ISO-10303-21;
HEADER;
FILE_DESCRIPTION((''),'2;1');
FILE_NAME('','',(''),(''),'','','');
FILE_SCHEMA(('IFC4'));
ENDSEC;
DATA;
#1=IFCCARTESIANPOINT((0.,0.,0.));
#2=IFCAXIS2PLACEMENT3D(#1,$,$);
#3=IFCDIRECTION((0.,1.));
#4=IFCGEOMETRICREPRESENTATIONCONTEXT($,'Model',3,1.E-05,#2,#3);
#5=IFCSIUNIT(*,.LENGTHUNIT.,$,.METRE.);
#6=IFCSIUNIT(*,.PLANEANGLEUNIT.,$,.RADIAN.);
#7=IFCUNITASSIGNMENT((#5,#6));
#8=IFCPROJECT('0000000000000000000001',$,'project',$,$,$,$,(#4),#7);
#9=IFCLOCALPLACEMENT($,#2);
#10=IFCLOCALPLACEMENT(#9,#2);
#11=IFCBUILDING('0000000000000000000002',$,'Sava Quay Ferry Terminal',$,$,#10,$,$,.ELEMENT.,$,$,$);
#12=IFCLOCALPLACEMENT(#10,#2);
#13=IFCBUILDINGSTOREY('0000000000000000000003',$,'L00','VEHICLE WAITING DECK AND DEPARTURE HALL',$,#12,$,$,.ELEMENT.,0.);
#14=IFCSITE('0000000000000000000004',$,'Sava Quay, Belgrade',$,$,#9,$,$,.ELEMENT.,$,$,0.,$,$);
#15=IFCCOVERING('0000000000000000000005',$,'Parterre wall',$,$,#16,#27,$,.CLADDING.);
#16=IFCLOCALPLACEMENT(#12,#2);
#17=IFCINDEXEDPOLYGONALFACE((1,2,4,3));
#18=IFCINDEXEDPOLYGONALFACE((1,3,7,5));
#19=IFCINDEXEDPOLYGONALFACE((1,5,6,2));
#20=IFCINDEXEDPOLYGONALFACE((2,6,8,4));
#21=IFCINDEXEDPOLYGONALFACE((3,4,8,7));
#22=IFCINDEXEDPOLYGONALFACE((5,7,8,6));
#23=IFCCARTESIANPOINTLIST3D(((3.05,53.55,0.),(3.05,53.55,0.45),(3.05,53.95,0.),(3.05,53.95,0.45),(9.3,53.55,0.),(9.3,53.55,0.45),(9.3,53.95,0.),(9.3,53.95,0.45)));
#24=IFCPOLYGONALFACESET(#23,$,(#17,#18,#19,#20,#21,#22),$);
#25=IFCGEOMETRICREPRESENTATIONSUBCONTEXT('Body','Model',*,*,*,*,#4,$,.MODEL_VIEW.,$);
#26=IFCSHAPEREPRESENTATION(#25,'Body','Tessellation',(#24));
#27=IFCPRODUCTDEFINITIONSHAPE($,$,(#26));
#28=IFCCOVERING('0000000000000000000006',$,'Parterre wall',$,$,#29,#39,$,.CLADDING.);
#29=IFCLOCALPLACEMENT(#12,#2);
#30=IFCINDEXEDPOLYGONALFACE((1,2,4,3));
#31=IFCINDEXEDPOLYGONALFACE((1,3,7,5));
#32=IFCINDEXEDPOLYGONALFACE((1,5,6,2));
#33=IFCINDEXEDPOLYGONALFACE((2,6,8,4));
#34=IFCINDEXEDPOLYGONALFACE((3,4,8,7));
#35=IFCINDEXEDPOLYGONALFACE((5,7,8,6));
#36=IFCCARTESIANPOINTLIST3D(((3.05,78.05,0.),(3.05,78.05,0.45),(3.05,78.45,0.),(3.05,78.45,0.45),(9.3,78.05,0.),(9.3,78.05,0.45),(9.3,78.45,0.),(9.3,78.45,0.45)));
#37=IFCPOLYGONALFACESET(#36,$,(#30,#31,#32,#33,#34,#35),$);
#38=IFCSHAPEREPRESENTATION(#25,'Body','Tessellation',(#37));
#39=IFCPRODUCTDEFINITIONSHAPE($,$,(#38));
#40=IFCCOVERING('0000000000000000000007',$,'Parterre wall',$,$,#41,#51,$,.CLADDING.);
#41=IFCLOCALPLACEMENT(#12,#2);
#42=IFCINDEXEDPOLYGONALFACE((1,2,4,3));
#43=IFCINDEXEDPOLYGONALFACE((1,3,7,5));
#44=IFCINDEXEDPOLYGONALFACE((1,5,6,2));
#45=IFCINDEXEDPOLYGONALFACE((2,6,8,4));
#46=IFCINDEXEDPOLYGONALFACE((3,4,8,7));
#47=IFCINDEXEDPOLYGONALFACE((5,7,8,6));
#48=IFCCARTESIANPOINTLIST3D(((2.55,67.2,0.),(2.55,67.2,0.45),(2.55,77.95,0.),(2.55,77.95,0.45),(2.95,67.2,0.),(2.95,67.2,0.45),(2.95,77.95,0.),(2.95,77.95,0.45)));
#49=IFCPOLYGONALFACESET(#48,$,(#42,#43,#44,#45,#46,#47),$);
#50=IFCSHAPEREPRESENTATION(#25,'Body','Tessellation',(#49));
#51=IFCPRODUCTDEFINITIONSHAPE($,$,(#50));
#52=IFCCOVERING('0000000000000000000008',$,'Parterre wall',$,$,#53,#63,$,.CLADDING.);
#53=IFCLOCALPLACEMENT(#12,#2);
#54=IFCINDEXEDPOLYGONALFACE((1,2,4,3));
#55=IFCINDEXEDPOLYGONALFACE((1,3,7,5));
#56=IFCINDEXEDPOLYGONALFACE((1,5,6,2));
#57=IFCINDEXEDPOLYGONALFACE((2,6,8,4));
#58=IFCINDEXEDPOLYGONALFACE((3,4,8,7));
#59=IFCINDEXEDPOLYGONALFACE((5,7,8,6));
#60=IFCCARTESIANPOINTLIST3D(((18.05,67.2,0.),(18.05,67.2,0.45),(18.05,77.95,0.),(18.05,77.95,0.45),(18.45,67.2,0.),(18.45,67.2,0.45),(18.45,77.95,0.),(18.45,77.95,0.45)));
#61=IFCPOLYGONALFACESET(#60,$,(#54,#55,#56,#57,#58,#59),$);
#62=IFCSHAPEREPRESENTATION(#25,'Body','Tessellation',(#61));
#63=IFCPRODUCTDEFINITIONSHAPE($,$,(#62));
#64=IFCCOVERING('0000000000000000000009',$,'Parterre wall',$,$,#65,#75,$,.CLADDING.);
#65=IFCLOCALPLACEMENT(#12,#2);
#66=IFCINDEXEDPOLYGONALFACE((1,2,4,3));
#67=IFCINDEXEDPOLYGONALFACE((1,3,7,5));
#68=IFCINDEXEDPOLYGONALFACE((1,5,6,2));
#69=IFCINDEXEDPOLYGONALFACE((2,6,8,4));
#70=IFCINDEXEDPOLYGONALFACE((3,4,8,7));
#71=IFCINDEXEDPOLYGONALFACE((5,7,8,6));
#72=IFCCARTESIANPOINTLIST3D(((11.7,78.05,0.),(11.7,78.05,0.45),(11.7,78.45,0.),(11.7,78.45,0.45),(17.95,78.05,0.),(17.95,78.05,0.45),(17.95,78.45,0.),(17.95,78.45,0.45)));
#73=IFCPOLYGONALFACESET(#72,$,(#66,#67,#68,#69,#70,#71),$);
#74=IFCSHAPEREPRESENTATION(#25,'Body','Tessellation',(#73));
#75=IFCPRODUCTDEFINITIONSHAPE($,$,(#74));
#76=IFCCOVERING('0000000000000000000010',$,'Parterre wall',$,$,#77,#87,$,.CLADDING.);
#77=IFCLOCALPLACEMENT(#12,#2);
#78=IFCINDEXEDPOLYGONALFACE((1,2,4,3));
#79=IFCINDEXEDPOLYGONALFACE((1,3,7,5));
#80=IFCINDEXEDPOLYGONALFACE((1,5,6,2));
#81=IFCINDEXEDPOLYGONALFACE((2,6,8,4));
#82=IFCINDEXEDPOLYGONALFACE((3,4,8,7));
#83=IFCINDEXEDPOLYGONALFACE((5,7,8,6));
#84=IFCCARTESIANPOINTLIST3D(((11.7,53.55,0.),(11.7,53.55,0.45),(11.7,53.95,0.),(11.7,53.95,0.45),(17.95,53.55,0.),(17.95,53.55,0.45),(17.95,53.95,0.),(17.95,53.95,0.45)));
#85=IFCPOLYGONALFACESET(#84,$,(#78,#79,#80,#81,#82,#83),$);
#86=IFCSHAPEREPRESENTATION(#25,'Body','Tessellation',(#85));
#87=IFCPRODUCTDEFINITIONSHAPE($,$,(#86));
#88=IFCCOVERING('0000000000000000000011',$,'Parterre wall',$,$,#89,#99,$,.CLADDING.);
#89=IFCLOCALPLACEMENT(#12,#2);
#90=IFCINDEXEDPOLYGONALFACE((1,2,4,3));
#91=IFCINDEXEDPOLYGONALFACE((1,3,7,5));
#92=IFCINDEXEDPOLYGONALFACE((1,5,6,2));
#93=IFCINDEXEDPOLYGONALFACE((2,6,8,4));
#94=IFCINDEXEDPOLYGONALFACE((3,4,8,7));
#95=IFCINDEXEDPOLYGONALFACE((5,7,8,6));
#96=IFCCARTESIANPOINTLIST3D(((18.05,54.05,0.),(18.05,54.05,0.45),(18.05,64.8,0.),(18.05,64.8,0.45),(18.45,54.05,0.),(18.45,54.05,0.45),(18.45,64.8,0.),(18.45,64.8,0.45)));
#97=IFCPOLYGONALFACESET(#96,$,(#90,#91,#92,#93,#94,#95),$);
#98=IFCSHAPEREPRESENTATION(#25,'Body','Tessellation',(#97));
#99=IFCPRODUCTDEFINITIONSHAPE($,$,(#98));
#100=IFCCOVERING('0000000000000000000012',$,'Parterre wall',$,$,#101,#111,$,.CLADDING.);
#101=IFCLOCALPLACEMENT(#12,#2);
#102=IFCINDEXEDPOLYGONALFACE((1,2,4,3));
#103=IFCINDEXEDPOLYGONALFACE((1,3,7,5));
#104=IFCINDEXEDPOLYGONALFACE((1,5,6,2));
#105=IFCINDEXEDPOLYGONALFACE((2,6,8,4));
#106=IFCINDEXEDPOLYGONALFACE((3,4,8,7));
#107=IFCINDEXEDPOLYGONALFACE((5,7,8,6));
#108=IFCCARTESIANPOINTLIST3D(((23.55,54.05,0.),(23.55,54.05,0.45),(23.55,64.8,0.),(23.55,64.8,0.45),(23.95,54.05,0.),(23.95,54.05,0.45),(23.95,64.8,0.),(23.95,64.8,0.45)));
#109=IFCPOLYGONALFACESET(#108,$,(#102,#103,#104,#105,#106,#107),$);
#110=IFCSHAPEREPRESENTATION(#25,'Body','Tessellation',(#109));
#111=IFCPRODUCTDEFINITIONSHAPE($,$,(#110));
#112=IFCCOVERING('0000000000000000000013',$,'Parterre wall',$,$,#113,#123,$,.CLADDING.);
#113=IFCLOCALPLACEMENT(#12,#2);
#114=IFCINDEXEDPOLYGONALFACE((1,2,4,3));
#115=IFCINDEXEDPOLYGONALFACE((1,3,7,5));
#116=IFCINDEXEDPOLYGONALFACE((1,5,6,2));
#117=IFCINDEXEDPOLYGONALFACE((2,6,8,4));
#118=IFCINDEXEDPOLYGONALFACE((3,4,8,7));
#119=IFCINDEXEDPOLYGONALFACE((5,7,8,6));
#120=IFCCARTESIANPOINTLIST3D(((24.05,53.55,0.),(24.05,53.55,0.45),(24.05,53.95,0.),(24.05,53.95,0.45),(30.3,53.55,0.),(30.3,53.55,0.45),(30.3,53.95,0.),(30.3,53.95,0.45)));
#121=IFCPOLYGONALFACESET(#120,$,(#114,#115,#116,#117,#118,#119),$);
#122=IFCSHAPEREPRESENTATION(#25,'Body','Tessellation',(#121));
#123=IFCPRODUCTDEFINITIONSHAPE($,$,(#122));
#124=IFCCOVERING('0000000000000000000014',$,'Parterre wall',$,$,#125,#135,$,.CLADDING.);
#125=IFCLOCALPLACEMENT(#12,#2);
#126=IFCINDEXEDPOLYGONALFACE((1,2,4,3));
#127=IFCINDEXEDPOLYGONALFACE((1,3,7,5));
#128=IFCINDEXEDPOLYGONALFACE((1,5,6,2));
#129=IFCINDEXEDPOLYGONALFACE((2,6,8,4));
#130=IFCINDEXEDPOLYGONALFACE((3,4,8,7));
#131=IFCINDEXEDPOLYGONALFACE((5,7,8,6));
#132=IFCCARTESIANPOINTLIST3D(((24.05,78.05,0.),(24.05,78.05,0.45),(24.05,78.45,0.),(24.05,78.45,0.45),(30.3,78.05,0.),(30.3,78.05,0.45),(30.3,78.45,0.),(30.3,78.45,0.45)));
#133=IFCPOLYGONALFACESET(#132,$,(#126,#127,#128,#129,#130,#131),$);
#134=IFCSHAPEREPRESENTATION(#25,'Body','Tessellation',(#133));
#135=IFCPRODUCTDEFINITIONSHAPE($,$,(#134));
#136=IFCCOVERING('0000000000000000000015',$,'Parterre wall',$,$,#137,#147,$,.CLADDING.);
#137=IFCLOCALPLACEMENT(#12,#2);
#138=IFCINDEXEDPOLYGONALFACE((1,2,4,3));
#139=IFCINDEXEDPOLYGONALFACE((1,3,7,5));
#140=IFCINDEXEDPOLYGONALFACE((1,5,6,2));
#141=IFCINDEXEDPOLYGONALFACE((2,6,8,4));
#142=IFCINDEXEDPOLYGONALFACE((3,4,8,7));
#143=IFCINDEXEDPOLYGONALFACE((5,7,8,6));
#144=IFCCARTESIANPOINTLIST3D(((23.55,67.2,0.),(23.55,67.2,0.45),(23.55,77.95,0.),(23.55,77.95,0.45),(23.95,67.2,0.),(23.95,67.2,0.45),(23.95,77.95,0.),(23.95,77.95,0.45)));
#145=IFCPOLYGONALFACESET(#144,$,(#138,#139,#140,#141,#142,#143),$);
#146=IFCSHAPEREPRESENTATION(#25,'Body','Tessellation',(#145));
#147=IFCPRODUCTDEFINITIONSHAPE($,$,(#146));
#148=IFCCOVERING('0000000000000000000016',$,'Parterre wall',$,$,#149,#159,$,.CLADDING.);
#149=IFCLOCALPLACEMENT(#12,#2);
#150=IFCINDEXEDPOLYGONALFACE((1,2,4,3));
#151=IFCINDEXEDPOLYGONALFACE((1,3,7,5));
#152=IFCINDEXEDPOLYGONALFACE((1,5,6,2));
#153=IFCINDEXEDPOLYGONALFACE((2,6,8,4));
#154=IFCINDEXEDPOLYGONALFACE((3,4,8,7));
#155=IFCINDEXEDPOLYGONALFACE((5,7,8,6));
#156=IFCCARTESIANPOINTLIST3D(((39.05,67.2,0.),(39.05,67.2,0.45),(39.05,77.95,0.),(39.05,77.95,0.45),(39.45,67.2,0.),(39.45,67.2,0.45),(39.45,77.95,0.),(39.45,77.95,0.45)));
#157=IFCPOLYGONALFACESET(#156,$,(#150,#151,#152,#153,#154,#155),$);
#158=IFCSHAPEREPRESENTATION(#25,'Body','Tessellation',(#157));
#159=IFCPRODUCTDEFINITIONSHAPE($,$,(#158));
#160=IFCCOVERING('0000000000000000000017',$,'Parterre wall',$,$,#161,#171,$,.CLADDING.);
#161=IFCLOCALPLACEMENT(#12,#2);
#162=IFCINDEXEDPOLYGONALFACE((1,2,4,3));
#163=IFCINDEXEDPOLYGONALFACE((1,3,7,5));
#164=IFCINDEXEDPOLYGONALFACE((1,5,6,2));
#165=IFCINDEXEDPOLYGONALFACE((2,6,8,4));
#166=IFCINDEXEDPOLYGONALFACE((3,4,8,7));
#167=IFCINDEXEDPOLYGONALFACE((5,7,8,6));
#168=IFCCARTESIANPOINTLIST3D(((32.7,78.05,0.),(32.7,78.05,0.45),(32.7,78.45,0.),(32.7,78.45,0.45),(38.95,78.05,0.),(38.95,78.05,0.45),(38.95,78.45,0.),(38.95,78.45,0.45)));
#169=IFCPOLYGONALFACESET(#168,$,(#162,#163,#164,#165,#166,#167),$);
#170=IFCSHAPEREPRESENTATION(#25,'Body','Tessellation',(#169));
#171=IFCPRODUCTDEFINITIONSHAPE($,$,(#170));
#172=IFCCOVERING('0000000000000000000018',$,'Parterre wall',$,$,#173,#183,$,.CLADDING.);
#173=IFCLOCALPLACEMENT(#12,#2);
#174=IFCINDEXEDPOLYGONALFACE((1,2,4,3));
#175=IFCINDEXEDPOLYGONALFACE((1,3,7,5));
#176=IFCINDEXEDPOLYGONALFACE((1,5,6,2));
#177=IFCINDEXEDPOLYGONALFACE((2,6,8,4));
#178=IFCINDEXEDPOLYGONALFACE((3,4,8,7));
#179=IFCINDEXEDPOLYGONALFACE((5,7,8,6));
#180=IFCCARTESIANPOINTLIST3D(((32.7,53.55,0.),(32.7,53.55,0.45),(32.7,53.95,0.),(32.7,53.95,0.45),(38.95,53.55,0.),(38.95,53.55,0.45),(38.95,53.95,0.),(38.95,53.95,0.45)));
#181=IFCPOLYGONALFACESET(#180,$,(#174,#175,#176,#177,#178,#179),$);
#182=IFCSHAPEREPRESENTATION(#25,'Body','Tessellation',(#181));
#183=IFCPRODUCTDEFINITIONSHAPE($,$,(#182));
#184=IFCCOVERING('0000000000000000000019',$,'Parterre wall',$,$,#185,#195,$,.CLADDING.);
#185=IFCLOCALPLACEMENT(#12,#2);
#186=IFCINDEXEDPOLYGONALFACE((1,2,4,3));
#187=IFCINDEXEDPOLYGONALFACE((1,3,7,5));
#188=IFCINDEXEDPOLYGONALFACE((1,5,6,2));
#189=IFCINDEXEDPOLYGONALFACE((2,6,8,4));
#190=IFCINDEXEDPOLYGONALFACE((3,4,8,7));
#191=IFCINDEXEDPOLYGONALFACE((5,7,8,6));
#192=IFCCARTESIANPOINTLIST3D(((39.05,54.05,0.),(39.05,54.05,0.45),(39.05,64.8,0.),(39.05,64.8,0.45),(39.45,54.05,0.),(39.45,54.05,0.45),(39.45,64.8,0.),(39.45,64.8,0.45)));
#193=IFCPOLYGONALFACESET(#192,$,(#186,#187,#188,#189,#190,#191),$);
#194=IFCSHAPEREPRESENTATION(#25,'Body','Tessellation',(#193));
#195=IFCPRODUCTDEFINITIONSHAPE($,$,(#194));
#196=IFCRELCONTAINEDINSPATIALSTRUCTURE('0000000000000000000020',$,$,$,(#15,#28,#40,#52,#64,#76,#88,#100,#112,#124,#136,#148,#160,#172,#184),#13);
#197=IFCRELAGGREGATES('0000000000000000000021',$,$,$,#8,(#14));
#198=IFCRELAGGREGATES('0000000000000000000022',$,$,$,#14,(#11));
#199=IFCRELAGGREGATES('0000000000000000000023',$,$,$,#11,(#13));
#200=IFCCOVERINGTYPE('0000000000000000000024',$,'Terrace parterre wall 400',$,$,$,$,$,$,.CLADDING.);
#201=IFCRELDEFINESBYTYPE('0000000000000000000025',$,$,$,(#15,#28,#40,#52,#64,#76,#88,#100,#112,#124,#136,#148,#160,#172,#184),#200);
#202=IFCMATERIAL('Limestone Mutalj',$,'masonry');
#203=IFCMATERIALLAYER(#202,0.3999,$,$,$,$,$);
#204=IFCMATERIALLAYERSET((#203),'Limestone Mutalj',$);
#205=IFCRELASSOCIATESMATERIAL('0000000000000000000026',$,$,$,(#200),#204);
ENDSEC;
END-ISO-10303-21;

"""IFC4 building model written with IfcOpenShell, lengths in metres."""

from ifc_helpers import new_model, si_unit, direction, origin, place, context, subcontext, project, spatial, polyline, outline, extrude, material, layer, layer_set, type_object, element, save


model = new_model("IFC4")

# Units and contexts
model_context = context("Model", 3, precision=1e-05, world=origin(), true_north=direction((0.0, 1.0)))
body_context = subcontext(model_context, "Body", "Model", "MODEL_VIEW")
ifc_project = project(units=[si_unit("LENGTHUNIT", "METRE"), si_unit("PLANEANGLEUNIT", "RADIAN")], contexts=[model_context])

# Site, building, storey
site_placement = place(None, origin())
site = spatial("IfcSite", under=ifc_project, at=site_placement, Name="Sava Quay, Belgrade", CompositionType="ELEMENT", RefElevation=0.0)
building_placement = place(site_placement, origin())
building = spatial("IfcBuilding", under=site, at=building_placement, Name="Sava Quay Ferry Terminal", CompositionType="ELEMENT")
storey_placement = place(building_placement, origin())
storey = spatial("IfcBuildingStorey", under=building, at=storey_placement, Name="L00", Description="VEHICLE WAITING DECK AND DEPARTURE HALL", CompositionType="ELEMENT", Elevation=0.0)

# Coverings
ifc_material_1 = material(Name="Limestone Mutalj", Category="masonry")
ifc_layer_1 = layer(ifc_material_1, 0.3999)
ifc_layer_set_1 = layer_set([ifc_layer_1], Name="Limestone Mutalj")
covering_type_1 = type_object("IfcCoveringType", Name="Terrace parterre wall 400", PredefinedType="CLADDING", material=ifc_layer_set_1)
covering_1_placement = place(storey_placement, origin())
element("IfcCovering", 1, at=covering_1_placement, inside=storey, type_object=covering_type_1, Name="Parterre wall", PredefinedType="CLADDING", context=body_context, shape_type="SweptSolid", body=[
    extrude(outline(polyline([(9.3, 53.55), (9.3, 53.95), (3.05, 53.95), (3.05, 53.55), (9.3, 53.55)])), origin(), (0.0, 0.0, 1.0), 0.45),
])
covering_2_placement = place(storey_placement, origin())
element("IfcCovering", 2, at=covering_2_placement, inside=storey, type_object=covering_type_1, Name="Parterre wall", PredefinedType="CLADDING", context=body_context, shape_type="SweptSolid", body=[
    extrude(outline(polyline([(9.3, 78.05), (9.3, 78.45), (3.05, 78.45), (3.05, 78.05), (9.3, 78.05)])), origin(), (0.0, 0.0, 1.0), 0.45),
])
covering_3_placement = place(storey_placement, origin())
element("IfcCovering", 3, at=covering_3_placement, inside=storey, type_object=covering_type_1, Name="Parterre wall", PredefinedType="CLADDING", context=body_context, shape_type="SweptSolid", body=[
    extrude(outline(polyline([(2.55, 67.2), (2.95, 67.2), (2.95, 77.95), (2.55, 77.95), (2.55, 67.2)])), origin(), (0.0, 0.0, 1.0), 0.45),
])
covering_4_placement = place(storey_placement, origin())
element("IfcCovering", 4, at=covering_4_placement, inside=storey, type_object=covering_type_1, Name="Parterre wall", PredefinedType="CLADDING", context=body_context, shape_type="SweptSolid", body=[
    extrude(outline(polyline([(18.05, 67.2), (18.45, 67.2), (18.45, 77.95), (18.05, 77.95), (18.05, 67.2)])), origin(), (0.0, 0.0, 1.0), 0.45),
])
covering_5_placement = place(storey_placement, origin())
element("IfcCovering", 5, at=covering_5_placement, inside=storey, type_object=covering_type_1, Name="Parterre wall", PredefinedType="CLADDING", context=body_context, shape_type="SweptSolid", body=[
    extrude(outline(polyline([(11.7, 78.45), (11.7, 78.05), (17.95, 78.05), (17.95, 78.45), (11.7, 78.45)])), origin(), (0.0, 0.0, 1.0), 0.45),
])
covering_6_placement = place(storey_placement, origin())
element("IfcCovering", 6, at=covering_6_placement, inside=storey, type_object=covering_type_1, Name="Parterre wall", PredefinedType="CLADDING", context=body_context, shape_type="SweptSolid", body=[
    extrude(outline(polyline([(11.7, 53.95), (11.7, 53.55), (17.95, 53.55), (17.95, 53.95), (11.7, 53.95)])), origin(), (0.0, 0.0, 1.0), 0.45),
])
covering_7_placement = place(storey_placement, origin())
element("IfcCovering", 7, at=covering_7_placement, inside=storey, type_object=covering_type_1, Name="Parterre wall", PredefinedType="CLADDING", context=body_context, shape_type="SweptSolid", body=[
    extrude(outline(polyline([(18.45, 64.8), (18.05, 64.8), (18.05, 54.05), (18.45, 54.05), (18.45, 64.8)])), origin(), (0.0, 0.0, 1.0), 0.45),
])
covering_8_placement = place(storey_placement, origin())
element("IfcCovering", 8, at=covering_8_placement, inside=storey, type_object=covering_type_1, Name="Parterre wall", PredefinedType="CLADDING", context=body_context, shape_type="SweptSolid", body=[
    extrude(outline(polyline([(23.95, 54.05), (23.95, 64.8), (23.55, 64.8), (23.55, 54.05), (23.95, 54.05)])), origin(), (0.0, 0.0, 1.0), 0.45),
])
covering_9_placement = place(storey_placement, origin())
element("IfcCovering", 9, at=covering_9_placement, inside=storey, type_object=covering_type_1, Name="Parterre wall", PredefinedType="CLADDING", context=body_context, shape_type="SweptSolid", body=[
    extrude(outline(polyline([(30.3, 53.55), (30.3, 53.95), (24.05, 53.95), (24.05, 53.55), (30.3, 53.55)])), origin(), (0.0, 0.0, 1.0), 0.45),
])
covering_10_placement = place(storey_placement, origin())
element("IfcCovering", 10, at=covering_10_placement, inside=storey, type_object=covering_type_1, Name="Parterre wall", PredefinedType="CLADDING", context=body_context, shape_type="SweptSolid", body=[
    extrude(outline(polyline([(30.3, 78.05), (30.3, 78.45), (24.05, 78.45), (24.05, 78.05), (30.3, 78.05)])), origin(), (0.0, 0.0, 1.0), 0.45),
])
covering_11_placement = place(storey_placement, origin())
element("IfcCovering", 11, at=covering_11_placement, inside=storey, type_object=covering_type_1, Name="Parterre wall", PredefinedType="CLADDING", context=body_context, shape_type="SweptSolid", body=[
    extrude(outline(polyline([(23.55, 67.2), (23.95, 67.2), (23.95, 77.95), (23.55, 77.95), (23.55, 67.2)])), origin(), (0.0, 0.0, 1.0), 0.45),
])
covering_12_placement = place(storey_placement, origin())
element("IfcCovering", 12, at=covering_12_placement, inside=storey, type_object=covering_type_1, Name="Parterre wall", PredefinedType="CLADDING", context=body_context, shape_type="SweptSolid", body=[
    extrude(outline(polyline([(39.05, 67.2), (39.45, 67.2), (39.45, 77.95), (39.05, 77.95), (39.05, 67.2)])), origin(), (0.0, 0.0, 1.0), 0.45),
])
covering_13_placement = place(storey_placement, origin())
element("IfcCovering", 13, at=covering_13_placement, inside=storey, type_object=covering_type_1, Name="Parterre wall", PredefinedType="CLADDING", context=body_context, shape_type="SweptSolid", body=[
    extrude(outline(polyline([(32.7, 78.45), (32.7, 78.05), (38.95, 78.05), (38.95, 78.45), (32.7, 78.45)])), origin(), (0.0, 0.0, 1.0), 0.45),
])
covering_14_placement = place(storey_placement, origin())
element("IfcCovering", 14, at=covering_14_placement, inside=storey, type_object=covering_type_1, Name="Parterre wall", PredefinedType="CLADDING", context=body_context, shape_type="SweptSolid", body=[
    extrude(outline(polyline([(32.7, 53.95), (32.7, 53.55), (38.95, 53.55), (38.95, 53.95), (32.7, 53.95)])), origin(), (0.0, 0.0, 1.0), 0.45),
])
covering_15_placement = place(storey_placement, origin())
element("IfcCovering", 15, at=covering_15_placement, inside=storey, type_object=covering_type_1, Name="Parterre wall", PredefinedType="CLADDING", context=body_context, shape_type="SweptSolid", body=[
    extrude(outline(polyline([(39.45, 64.8), (39.05, 64.8), (39.05, 54.05), (39.45, 54.05), (39.45, 64.8)])), origin(), (0.0, 0.0, 1.0), 0.45),
])

save(model, "model.ifc")
